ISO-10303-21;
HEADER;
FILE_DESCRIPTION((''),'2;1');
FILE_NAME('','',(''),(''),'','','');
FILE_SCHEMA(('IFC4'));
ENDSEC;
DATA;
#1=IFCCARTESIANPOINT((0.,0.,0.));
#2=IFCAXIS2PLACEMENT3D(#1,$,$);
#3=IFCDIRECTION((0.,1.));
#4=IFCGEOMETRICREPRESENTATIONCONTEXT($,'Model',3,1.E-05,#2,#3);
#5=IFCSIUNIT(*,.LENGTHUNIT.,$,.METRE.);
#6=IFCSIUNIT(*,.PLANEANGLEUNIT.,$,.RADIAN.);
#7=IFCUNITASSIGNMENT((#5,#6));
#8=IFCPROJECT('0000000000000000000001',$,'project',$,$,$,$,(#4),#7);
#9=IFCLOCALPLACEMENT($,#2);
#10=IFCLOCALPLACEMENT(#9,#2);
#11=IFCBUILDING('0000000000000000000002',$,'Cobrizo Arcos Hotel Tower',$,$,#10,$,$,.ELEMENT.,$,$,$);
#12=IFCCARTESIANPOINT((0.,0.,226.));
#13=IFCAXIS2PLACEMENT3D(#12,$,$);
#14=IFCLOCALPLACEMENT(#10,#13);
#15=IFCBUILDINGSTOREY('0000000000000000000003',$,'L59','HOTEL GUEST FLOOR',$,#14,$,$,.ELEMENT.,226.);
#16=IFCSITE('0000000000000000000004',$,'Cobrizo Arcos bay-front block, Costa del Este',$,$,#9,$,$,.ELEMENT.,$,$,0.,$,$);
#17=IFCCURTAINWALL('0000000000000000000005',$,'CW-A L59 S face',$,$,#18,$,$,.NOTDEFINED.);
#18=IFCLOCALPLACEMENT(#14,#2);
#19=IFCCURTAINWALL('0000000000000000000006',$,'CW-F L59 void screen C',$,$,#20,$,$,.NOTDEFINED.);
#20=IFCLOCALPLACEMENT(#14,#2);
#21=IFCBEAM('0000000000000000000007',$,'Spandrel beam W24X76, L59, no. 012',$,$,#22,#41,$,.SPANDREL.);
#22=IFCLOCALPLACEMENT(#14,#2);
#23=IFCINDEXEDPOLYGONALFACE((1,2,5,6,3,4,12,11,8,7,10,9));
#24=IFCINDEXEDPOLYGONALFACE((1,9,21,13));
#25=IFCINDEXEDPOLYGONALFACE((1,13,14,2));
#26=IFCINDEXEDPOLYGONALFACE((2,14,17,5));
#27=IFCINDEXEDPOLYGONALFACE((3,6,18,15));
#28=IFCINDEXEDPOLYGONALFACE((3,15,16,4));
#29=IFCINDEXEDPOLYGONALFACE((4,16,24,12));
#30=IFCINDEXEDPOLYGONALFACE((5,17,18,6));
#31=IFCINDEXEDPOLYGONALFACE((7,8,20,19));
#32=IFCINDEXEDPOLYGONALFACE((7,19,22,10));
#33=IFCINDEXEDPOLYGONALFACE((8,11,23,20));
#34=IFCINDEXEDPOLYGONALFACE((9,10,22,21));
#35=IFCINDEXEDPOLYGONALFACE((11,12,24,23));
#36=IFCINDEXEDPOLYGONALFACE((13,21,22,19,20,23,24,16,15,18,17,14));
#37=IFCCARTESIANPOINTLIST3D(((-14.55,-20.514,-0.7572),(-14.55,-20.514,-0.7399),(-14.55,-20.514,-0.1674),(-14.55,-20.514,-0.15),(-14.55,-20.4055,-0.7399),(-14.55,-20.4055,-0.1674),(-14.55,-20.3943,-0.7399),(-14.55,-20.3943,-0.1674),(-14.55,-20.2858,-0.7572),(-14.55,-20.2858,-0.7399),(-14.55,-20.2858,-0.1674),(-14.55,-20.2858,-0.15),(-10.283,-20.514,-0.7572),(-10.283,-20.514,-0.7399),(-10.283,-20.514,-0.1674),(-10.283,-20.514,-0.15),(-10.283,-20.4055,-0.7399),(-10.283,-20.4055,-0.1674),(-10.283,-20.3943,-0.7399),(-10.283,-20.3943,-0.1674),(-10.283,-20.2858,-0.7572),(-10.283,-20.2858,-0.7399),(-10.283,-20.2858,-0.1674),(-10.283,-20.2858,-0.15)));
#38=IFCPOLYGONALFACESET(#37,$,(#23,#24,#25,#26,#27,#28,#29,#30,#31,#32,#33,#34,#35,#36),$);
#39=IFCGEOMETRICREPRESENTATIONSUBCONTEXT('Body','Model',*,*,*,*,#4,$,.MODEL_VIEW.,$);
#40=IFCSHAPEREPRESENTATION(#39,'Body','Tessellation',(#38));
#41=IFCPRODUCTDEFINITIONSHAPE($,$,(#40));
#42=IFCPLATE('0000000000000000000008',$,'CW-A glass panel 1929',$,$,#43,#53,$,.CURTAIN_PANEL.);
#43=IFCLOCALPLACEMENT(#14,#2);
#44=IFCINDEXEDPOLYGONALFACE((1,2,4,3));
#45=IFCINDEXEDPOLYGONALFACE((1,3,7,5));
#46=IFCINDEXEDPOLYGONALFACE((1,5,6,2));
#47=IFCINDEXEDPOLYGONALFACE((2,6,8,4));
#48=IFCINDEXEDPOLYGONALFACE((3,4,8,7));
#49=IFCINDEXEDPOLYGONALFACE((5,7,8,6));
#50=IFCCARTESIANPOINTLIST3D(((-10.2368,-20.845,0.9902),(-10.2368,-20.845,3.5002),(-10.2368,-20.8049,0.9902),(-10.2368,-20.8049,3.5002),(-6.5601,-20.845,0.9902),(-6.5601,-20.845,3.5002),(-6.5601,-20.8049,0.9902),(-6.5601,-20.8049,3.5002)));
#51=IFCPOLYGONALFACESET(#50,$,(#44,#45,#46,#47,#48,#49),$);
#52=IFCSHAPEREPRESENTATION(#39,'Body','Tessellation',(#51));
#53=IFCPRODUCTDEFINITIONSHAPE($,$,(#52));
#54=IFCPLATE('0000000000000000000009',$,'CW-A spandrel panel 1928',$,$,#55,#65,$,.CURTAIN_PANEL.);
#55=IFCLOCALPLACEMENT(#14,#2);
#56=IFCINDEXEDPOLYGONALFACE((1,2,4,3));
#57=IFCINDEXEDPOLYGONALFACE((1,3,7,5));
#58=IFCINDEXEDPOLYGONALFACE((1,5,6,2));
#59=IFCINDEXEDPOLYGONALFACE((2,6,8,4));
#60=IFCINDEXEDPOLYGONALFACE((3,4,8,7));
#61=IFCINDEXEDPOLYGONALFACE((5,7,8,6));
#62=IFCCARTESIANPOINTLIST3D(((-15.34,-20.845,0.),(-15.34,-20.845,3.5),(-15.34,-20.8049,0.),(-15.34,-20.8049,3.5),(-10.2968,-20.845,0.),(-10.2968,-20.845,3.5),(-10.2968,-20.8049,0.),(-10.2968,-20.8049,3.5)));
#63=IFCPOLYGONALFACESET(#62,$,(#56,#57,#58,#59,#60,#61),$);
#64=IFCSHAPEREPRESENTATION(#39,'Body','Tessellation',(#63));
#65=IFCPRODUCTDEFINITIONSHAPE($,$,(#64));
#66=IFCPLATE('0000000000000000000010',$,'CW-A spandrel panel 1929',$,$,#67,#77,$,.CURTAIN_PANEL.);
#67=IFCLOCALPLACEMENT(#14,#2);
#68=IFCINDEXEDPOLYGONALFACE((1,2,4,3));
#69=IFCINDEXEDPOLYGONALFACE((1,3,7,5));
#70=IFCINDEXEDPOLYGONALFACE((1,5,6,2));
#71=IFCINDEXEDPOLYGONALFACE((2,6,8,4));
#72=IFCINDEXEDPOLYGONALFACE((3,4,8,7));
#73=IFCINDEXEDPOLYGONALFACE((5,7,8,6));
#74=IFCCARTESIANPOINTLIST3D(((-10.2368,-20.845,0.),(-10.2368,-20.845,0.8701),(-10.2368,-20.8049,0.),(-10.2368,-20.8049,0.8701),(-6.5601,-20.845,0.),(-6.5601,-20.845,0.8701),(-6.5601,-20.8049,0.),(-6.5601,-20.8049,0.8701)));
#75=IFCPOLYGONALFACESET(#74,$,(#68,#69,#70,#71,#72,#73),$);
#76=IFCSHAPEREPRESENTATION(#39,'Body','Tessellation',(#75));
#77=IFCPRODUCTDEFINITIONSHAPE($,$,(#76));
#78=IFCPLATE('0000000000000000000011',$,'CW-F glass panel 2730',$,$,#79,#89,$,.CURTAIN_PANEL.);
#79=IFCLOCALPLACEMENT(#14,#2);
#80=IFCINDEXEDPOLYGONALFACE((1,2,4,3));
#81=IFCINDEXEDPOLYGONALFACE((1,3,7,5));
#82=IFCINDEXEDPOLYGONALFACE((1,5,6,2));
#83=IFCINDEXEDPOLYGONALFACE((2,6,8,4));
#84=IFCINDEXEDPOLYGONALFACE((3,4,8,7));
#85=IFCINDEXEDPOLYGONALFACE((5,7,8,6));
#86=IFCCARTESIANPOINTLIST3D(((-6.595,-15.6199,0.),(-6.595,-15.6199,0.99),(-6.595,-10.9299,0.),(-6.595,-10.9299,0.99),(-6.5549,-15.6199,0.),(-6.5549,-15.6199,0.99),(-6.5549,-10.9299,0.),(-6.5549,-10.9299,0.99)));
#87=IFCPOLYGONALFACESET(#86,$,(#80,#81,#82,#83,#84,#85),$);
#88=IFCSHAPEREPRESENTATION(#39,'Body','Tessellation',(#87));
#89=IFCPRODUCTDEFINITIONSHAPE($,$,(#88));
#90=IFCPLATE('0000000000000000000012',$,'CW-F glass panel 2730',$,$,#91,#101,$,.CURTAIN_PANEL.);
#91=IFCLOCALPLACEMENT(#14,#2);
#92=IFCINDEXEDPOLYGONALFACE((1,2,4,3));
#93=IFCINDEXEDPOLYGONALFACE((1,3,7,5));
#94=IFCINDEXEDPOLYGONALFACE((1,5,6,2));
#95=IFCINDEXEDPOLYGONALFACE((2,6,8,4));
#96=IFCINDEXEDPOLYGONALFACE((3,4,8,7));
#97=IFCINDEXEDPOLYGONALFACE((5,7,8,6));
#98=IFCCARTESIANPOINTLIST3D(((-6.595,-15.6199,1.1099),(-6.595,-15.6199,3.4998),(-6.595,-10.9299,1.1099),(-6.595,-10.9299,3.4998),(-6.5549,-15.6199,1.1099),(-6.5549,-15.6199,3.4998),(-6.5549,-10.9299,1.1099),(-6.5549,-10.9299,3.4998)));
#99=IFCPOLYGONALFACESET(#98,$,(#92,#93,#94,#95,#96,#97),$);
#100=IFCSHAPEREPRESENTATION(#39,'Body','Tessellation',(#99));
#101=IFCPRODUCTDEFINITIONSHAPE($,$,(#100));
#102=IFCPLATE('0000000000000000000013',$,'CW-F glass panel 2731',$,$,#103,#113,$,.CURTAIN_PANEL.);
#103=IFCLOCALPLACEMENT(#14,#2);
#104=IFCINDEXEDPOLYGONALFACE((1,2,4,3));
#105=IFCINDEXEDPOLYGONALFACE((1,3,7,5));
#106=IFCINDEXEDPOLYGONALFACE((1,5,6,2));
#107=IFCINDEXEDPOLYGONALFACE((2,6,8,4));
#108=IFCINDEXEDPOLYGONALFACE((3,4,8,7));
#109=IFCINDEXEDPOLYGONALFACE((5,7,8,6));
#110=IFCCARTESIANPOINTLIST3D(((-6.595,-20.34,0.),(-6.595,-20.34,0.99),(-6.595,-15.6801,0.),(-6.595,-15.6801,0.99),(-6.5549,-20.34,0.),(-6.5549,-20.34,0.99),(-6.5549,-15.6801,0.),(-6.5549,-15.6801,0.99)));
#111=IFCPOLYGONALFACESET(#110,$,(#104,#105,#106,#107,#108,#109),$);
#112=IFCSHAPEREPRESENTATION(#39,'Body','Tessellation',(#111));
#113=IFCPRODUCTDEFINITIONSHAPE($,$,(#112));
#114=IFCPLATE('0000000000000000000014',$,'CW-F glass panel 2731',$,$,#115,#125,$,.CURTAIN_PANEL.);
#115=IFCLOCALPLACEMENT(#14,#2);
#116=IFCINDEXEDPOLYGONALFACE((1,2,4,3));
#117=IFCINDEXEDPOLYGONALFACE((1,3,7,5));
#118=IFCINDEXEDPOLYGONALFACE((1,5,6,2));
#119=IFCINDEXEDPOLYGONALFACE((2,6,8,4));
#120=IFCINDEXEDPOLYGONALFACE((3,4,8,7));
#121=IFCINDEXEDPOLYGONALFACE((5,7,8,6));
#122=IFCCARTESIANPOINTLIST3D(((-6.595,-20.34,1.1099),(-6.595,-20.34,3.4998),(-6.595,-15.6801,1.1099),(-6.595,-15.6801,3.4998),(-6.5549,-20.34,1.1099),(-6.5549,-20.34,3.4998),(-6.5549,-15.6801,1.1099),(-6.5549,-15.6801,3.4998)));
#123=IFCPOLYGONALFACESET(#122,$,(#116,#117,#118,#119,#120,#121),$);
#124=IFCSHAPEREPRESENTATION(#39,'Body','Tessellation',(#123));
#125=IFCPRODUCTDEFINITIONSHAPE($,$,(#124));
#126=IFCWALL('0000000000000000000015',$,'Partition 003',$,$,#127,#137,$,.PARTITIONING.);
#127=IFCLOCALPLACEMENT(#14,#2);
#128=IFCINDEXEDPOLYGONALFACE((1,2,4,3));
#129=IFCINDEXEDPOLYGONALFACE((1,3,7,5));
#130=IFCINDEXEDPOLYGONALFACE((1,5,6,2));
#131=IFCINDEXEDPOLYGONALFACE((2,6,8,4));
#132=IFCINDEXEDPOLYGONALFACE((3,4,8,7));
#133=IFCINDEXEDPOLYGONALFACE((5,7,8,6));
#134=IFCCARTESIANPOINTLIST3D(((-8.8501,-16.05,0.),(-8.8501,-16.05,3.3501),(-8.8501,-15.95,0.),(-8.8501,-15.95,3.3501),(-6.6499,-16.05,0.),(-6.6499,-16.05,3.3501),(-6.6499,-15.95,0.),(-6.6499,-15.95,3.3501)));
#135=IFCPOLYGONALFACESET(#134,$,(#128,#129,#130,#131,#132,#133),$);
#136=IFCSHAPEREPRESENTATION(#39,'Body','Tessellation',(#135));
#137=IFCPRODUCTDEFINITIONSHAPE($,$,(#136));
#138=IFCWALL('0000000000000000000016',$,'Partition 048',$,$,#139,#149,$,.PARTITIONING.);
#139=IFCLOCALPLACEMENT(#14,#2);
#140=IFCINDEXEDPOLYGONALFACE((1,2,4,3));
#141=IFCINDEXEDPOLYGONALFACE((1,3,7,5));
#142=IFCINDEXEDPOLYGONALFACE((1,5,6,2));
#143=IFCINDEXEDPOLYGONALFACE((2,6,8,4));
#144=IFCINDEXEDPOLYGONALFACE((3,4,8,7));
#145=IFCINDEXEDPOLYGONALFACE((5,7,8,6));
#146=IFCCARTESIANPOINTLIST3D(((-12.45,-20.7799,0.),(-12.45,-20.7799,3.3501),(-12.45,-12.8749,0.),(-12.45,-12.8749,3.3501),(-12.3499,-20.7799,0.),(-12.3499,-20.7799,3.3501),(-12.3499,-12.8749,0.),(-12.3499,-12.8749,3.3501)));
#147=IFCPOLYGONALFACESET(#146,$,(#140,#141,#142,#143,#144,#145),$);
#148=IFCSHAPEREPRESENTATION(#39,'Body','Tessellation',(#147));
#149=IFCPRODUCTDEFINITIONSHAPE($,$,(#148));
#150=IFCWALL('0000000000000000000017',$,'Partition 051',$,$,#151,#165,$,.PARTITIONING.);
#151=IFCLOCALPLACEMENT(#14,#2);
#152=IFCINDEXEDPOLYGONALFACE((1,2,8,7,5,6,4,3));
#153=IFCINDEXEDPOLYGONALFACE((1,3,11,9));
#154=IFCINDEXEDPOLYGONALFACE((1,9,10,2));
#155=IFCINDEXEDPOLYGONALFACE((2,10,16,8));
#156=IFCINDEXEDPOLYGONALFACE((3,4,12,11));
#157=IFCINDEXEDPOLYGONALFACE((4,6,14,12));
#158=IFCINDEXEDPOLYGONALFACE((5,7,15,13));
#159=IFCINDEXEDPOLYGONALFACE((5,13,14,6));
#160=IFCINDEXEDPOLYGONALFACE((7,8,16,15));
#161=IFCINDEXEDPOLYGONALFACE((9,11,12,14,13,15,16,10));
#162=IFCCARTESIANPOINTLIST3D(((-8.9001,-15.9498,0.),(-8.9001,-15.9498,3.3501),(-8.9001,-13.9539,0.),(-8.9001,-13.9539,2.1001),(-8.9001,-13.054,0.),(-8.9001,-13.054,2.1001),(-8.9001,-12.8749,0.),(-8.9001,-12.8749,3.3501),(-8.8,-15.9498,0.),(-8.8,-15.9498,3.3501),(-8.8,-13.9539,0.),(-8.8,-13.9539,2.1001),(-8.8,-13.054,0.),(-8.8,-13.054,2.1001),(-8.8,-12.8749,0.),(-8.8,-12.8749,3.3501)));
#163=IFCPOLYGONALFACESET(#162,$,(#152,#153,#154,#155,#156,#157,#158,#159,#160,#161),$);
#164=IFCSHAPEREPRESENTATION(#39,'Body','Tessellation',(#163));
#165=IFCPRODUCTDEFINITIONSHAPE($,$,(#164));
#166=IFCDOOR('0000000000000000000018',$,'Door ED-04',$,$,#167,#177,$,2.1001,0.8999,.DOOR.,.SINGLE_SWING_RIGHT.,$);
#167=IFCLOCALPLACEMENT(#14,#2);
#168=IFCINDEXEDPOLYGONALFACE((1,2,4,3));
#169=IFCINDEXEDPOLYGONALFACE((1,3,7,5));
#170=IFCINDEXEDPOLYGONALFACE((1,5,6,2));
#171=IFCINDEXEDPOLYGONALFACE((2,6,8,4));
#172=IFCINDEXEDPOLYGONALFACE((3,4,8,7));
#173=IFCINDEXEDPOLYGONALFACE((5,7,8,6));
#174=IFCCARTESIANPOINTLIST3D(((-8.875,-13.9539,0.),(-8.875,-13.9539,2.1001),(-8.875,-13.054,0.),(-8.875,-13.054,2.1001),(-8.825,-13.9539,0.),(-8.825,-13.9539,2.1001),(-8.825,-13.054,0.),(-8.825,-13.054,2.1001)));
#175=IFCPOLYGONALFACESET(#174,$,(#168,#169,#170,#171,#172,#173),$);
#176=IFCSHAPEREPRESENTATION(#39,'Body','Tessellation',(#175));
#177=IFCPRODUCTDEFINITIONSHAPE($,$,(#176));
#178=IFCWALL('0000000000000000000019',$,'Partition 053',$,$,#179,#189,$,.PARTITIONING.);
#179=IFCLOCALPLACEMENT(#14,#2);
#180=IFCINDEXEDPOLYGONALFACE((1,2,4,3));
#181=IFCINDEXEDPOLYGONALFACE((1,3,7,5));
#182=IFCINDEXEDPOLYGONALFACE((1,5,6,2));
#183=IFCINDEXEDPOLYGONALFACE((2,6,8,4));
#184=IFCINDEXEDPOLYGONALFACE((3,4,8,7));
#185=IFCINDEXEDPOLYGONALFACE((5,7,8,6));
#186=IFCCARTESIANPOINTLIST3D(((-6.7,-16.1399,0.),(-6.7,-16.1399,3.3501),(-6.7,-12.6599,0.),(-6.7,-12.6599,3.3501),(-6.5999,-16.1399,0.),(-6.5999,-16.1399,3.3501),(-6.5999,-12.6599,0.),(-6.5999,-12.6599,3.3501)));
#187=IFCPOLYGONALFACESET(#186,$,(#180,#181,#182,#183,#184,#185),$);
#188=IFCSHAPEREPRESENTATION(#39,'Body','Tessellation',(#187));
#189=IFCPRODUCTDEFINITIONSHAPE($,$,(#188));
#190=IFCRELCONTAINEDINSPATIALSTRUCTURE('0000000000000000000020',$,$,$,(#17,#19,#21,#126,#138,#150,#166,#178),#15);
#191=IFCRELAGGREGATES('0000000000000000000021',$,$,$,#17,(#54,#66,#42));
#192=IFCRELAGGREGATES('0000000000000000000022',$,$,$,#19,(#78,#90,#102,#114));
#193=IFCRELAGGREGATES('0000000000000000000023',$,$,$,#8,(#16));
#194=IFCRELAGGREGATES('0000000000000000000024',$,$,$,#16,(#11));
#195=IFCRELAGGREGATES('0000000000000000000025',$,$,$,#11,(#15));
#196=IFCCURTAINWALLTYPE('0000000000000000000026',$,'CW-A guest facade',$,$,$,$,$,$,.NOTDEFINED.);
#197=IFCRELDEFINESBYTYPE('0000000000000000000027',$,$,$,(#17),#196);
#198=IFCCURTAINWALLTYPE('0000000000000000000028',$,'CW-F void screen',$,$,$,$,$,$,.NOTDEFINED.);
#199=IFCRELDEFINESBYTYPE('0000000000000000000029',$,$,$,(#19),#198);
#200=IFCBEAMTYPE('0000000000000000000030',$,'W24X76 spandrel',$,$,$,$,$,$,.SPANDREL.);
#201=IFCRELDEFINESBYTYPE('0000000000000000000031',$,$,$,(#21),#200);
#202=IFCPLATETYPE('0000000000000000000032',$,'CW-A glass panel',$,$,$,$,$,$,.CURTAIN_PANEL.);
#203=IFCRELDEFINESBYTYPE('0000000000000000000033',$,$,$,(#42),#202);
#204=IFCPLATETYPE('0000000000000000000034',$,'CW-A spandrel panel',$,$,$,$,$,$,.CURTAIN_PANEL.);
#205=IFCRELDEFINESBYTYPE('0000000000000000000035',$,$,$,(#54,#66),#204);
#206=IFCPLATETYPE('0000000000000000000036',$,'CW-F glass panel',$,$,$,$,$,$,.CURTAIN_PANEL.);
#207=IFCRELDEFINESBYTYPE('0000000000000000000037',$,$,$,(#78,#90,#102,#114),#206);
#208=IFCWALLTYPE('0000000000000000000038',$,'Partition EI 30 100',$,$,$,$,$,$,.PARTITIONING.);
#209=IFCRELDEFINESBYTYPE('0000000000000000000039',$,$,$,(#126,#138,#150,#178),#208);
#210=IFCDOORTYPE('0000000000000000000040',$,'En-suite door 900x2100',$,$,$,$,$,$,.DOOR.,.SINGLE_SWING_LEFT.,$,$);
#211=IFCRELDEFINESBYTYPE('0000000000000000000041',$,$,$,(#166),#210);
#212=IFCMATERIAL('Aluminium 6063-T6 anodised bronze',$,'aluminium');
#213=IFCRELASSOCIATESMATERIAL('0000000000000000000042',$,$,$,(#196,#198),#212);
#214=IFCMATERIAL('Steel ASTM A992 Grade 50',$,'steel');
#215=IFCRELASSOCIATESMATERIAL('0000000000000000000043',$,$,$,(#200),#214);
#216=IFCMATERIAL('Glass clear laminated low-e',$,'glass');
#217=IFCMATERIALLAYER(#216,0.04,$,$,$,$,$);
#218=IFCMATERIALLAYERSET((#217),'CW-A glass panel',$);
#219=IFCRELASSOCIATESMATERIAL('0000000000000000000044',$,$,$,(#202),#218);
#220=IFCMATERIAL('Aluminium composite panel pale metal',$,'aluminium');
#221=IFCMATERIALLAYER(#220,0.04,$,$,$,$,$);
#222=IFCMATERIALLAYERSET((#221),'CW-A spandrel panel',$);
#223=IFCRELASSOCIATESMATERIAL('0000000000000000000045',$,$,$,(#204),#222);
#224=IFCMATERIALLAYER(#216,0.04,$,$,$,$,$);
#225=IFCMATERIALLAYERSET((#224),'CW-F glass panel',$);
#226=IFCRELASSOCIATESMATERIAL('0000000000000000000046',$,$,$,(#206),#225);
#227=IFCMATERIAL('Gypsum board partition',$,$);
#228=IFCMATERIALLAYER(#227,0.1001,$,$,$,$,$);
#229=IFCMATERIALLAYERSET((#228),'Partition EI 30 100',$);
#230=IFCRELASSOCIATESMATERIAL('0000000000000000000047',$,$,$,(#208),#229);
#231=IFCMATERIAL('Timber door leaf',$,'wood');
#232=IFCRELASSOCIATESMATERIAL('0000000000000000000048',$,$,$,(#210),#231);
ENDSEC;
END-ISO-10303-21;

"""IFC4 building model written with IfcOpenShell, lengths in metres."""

from ifc_helpers import new_model, si_unit, direction, frame, frame_2d, origin, origin_2d, place, context, subcontext, project, spatial, rectangle, i_section, extrude, material, layer, layer_set, material_profile, profile_set, type_object, element, fill, aggregate, save


model = new_model("IFC4")

# Units and contexts
model_context = context("Model", 3, precision=1e-05, world=origin(), true_north=direction((0.0, 1.0)))
body_context = subcontext(model_context, "Body", "Model", "MODEL_VIEW")
ifc_project = project(units=[si_unit("LENGTHUNIT", "METRE"), si_unit("PLANEANGLEUNIT", "RADIAN")], contexts=[model_context])

# Site, building, storey
site_placement = place(None, origin())
site = spatial("IfcSite", under=ifc_project, at=site_placement, Name="Cobrizo Arcos bay-front block, Costa del Este", CompositionType="ELEMENT", RefElevation=0.0)
building_placement = place(site_placement, origin())
building = spatial("IfcBuilding", under=site, at=building_placement, Name="Cobrizo Arcos Hotel Tower", CompositionType="ELEMENT")
storey_placement = place(building_placement, frame((0.0, 0.0, 226.0)))
storey = spatial("IfcBuildingStorey", under=building, at=storey_placement, Name="L59", Description="HOTEL GUEST FLOOR", CompositionType="ELEMENT", Elevation=226.0)

# Curtain walls
ifc_material_1 = material(Name="Aluminium 6063-T6 anodised bronze", Category="aluminium")
curtain_wall_type_1 = type_object("IfcCurtainWallType", Name="CW-A guest facade", PredefinedType="NOTDEFINED", material=ifc_material_1)
curtain_wall_1_placement = place(storey_placement, origin())
curtain_wall_1 = element("IfcCurtainWall", 1, at=curtain_wall_1_placement, inside=storey, type_object=curtain_wall_type_1, Name="CW-A L59 S face", PredefinedType="NOTDEFINED")
curtain_wall_type_2 = type_object("IfcCurtainWallType", Name="CW-F void screen", PredefinedType="NOTDEFINED", material=ifc_material_1)
curtain_wall_2_placement = place(storey_placement, origin())
curtain_wall_2 = element("IfcCurtainWall", 2, at=curtain_wall_2_placement, inside=storey, type_object=curtain_wall_type_2, Name="CW-F L59 void screen C", PredefinedType="NOTDEFINED")

# Beam
ifc_material_2 = material(Name="Steel ASTM A992 Grade 50", Category="steel")
ifc_material_profile_1 = material_profile(ifc_material_2, i_section(OverallWidth=0.2283, OverallDepth=0.6072, WebThickness=0.0112, FlangeThickness=0.0173, at=origin_2d()), Name="W24X76")
ifc_profile_set_1 = profile_set([ifc_material_profile_1], Name="Steel ASTM A992 Grade 50")
beam_type_1 = type_object("IfcBeamType", Name="W24X76 spandrel", PredefinedType="SPANDREL", material=ifc_profile_set_1)
beam_1_placement = place(storey_placement, frame((-10.283, -20.3999, -0.4536), z_axis=(-1.0, 0.0, 0.0), x_axis=(0.0, -1.0, 0.0)))
element("IfcBeam", 3, at=beam_1_placement, inside=storey, type_object=beam_type_1, Name="Spandrel beam W24X76, L59, no. 012", PredefinedType="SPANDREL", context=body_context, shape_type="SweptSolid", body=[
    extrude(i_section(OverallWidth=0.2283, OverallDepth=0.6072, WebThickness=0.0112, FlangeThickness=0.0173, at=origin_2d()), origin(), (0.0, 0.0, 1.0), 4.2671),
])

# Plates
ifc_material_3 = material(Name="Glass clear laminated low-e", Category="glass")
ifc_layer_1 = layer(ifc_material_3, 0.04)
ifc_layer_set_1 = layer_set([ifc_layer_1], Name="CW-A glass panel")
plate_type_1 = type_object("IfcPlateType", Name="CW-A glass panel", PredefinedType="CURTAIN_PANEL", material=ifc_layer_set_1)
plate_1_placement = place(storey_placement, frame((-8.3984, -20.825, 0.9902), z_axis=(0.0, 0.0, 1.0), x_axis=(1.0, 0.0, 0.0)))
plate_1 = element("IfcPlate", 4, at=plate_1_placement, type_object=plate_type_1, Name="CW-A glass panel 1929", PredefinedType="CURTAIN_PANEL", context=body_context, shape_type="SweptSolid", body=[
    extrude(rectangle(XDim=3.6768, YDim=0.04, at=origin_2d()), origin(), (0.0, 0.0, 1.0), 2.51),
])
ifc_material_4 = material(Name="Aluminium composite panel pale metal", Category="aluminium")
ifc_layer_2 = layer(ifc_material_4, 0.04)
ifc_layer_set_2 = layer_set([ifc_layer_2], Name="CW-A spandrel panel")
plate_type_2 = type_object("IfcPlateType", Name="CW-A spandrel panel", PredefinedType="CURTAIN_PANEL", material=ifc_layer_set_2)
plate_2_placement = place(storey_placement, frame((-12.8184, -20.825, 0.0), z_axis=(0.0, 0.0, 1.0), x_axis=(1.0, 0.0, 0.0)))
plate_2 = element("IfcPlate", 5, at=plate_2_placement, type_object=plate_type_2, Name="CW-A spandrel panel 1928", PredefinedType="CURTAIN_PANEL", context=body_context, shape_type="SweptSolid", body=[
    extrude(rectangle(XDim=5.0432, YDim=0.04, at=origin_2d()), origin(), (0.0, 0.0, 1.0), 3.5),
])
plate_3_placement = place(storey_placement, frame((-8.3984, -20.825, 0.0), z_axis=(0.0, 0.0, 1.0), x_axis=(1.0, 0.0, 0.0)))
plate_3 = element("IfcPlate", 6, at=plate_3_placement, type_object=plate_type_2, Name="CW-A spandrel panel 1929", PredefinedType="CURTAIN_PANEL", context=body_context, shape_type="SweptSolid", body=[
    extrude(rectangle(XDim=3.6768, YDim=0.04, at=origin_2d()), origin(), (0.0, 0.0, 1.0), 0.8701),
])
aggregate(curtain_wall_1, [plate_2, plate_3, plate_1])
ifc_layer_3 = layer(ifc_material_3, 0.04)
ifc_layer_set_3 = layer_set([ifc_layer_3], Name="CW-F glass panel")
plate_type_3 = type_object("IfcPlateType", Name="CW-F glass panel", PredefinedType="CURTAIN_PANEL", material=ifc_layer_set_3)
plate_4_placement = place(storey_placement, frame((-6.575, -13.2749, 0.0), z_axis=(0.0, 0.0, 1.0), x_axis=(0.0, -1.0, 0.0)))
plate_4 = element("IfcPlate", 7, at=plate_4_placement, type_object=plate_type_3, Name="CW-F glass panel 2730", PredefinedType="CURTAIN_PANEL", context=body_context, shape_type="SweptSolid", body=[
    extrude(rectangle(XDim=4.6899, YDim=0.04, at=origin_2d()), origin(), (0.0, 0.0, 1.0), 0.99),
])
plate_5_placement = place(storey_placement, frame((-6.575, -13.2749, 1.1099), z_axis=(0.0, 0.0, 1.0), x_axis=(0.0, -1.0, 0.0)))
plate_5 = element("IfcPlate", 8, at=plate_5_placement, type_object=plate_type_3, Name="CW-F glass panel 2730", PredefinedType="CURTAIN_PANEL", context=body_context, shape_type="SweptSolid", body=[
    extrude(rectangle(XDim=4.6899, YDim=0.04, at=origin_2d()), origin(), (0.0, 0.0, 1.0), 2.3899),
])
plate_6_placement = place(storey_placement, frame((-6.575, -18.01, 0.0), z_axis=(0.0, 0.0, 1.0), x_axis=(0.0, -1.0, 0.0)))
plate_6 = element("IfcPlate", 9, at=plate_6_placement, type_object=plate_type_3, Name="CW-F glass panel 2731", PredefinedType="CURTAIN_PANEL", context=body_context, shape_type="SweptSolid", body=[
    extrude(rectangle(XDim=4.6599, YDim=0.04, at=origin_2d()), origin(), (0.0, 0.0, 1.0), 0.99),
])
plate_7_placement = place(storey_placement, frame((-6.575, -18.01, 1.1099), z_axis=(0.0, 0.0, 1.0), x_axis=(0.0, -1.0, 0.0)))
plate_7 = element("IfcPlate", 10, at=plate_7_placement, type_object=plate_type_3, Name="CW-F glass panel 2731", PredefinedType="CURTAIN_PANEL", context=body_context, shape_type="SweptSolid", body=[
    extrude(rectangle(XDim=4.6599, YDim=0.04, at=origin_2d()), origin(), (0.0, 0.0, 1.0), 2.3899),
])
aggregate(curtain_wall_2, [plate_4, plate_5, plate_6, plate_7])

# Walls
ifc_material_5 = material(Name="Gypsum board partition")
ifc_layer_4 = layer(ifc_material_5, 0.1001)
ifc_layer_set_4 = layer_set([ifc_layer_4], Name="Partition EI 30 100")
wall_type = type_object("IfcWallType", Name="Partition EI 30 100", PredefinedType="PARTITIONING", material=ifc_layer_set_4)
wall_1_placement = place(storey_placement, frame((-8.8501, -16.0, 0.0), z_axis=(0.0, 0.0, 1.0), x_axis=(1.0, 0.0, 0.0)))
element("IfcWall", 11, at=wall_1_placement, inside=storey, type_object=wall_type, Name="Partition 003", PredefinedType="PARTITIONING", context=body_context, shape_type="SweptSolid", body=[
    extrude(rectangle(XDim=2.2002, YDim=0.1001, at=frame_2d((1.1001, 0.0))), origin(), (0.0, 0.0, 1.0), 3.3501),
])
wall_2_placement = place(storey_placement, frame((-12.3999, -20.78, 0.0), z_axis=(0.0, 0.0, 1.0), x_axis=(0.0, 1.0, 0.0)))
element("IfcWall", 12, at=wall_2_placement, inside=storey, type_object=wall_type, Name="Partition 048", PredefinedType="PARTITIONING", context=body_context, shape_type="SweptSolid", body=[
    extrude(rectangle(XDim=7.905, YDim=0.1001, at=frame_2d((3.9526, 0.0))), origin(), (0.0, 0.0, 1.0), 3.3501),
])

# Wall, opening, door
wall_3_placement = place(storey_placement, frame((-8.8501, -15.95, 0.0), z_axis=(0.0, 0.0, 1.0), x_axis=(0.0, 1.0, 0.0)))
wall_3 = element("IfcWall", 13, at=wall_3_placement, inside=storey, type_object=wall_type, Name="Partition 051", PredefinedType="PARTITIONING", context=body_context, shape_type="SweptSolid", body=[
    extrude(rectangle(XDim=3.075, YDim=0.1001, at=frame_2d((1.5376, 0.0))), origin(), (0.0, 0.0, 1.0), 3.3501),
])
opening_placement = place(wall_3_placement, frame((1.9961, 0.0, 0.0)))
opening = element("IfcOpeningElement", 14, at=opening_placement, cuts=wall_3, PredefinedType="OPENING", context=body_context, shape_type="SweptSolid", body=[
    extrude(rectangle(XDim=0.8999, YDim=2.1001, at=frame_2d((0.45, 1.05))), frame((0.0, 0.062, 0.0), z_axis=(0.0, -1.0, 0.0), x_axis=(1.0, 0.0, 0.0)), (0.0, 0.0, 1.0), 0.124),
])
ifc_material_6 = material(Name="Timber door leaf", Category="wood")
door_type = type_object("IfcDoorType", Name="En-suite door 900x2100", OperationType="SINGLE_SWING_LEFT", PredefinedType="DOOR", material=ifc_material_6)
door_placement = place(opening_placement, origin())
door = element("IfcDoor", 15, at=door_placement, inside=storey, type_object=door_type, Name="Door ED-04", OperationType="SINGLE_SWING_RIGHT", OverallHeight=2.1001, OverallWidth=0.8999, PredefinedType="DOOR", context=body_context, shape_type="SweptSolid", body=[
    extrude(rectangle(XDim=0.8999, YDim=2.1001, at=frame_2d((0.45, 1.05))), frame((0.0, 0.0249, 0.0), z_axis=(0.0, -1.0, 0.0), x_axis=(1.0, 0.0, 0.0)), (0.0, 0.0, 1.0), 0.05),
])
fill(opening, door)

# Wall
wall_4_placement = place(storey_placement, frame((-6.6499, -16.1399, 0.0), z_axis=(0.0, 0.0, 1.0), x_axis=(0.0, 1.0, 0.0)))
element("IfcWall", 16, at=wall_4_placement, inside=storey, type_object=wall_type, Name="Partition 053", PredefinedType="PARTITIONING", context=body_context, shape_type="SweptSolid", body=[
    extrude(rectangle(XDim=3.48, YDim=0.1001, at=frame_2d((1.74, 0.0))), origin(), (0.0, 0.0, 1.0), 3.3501),
])

save(model, "model.ifc")
